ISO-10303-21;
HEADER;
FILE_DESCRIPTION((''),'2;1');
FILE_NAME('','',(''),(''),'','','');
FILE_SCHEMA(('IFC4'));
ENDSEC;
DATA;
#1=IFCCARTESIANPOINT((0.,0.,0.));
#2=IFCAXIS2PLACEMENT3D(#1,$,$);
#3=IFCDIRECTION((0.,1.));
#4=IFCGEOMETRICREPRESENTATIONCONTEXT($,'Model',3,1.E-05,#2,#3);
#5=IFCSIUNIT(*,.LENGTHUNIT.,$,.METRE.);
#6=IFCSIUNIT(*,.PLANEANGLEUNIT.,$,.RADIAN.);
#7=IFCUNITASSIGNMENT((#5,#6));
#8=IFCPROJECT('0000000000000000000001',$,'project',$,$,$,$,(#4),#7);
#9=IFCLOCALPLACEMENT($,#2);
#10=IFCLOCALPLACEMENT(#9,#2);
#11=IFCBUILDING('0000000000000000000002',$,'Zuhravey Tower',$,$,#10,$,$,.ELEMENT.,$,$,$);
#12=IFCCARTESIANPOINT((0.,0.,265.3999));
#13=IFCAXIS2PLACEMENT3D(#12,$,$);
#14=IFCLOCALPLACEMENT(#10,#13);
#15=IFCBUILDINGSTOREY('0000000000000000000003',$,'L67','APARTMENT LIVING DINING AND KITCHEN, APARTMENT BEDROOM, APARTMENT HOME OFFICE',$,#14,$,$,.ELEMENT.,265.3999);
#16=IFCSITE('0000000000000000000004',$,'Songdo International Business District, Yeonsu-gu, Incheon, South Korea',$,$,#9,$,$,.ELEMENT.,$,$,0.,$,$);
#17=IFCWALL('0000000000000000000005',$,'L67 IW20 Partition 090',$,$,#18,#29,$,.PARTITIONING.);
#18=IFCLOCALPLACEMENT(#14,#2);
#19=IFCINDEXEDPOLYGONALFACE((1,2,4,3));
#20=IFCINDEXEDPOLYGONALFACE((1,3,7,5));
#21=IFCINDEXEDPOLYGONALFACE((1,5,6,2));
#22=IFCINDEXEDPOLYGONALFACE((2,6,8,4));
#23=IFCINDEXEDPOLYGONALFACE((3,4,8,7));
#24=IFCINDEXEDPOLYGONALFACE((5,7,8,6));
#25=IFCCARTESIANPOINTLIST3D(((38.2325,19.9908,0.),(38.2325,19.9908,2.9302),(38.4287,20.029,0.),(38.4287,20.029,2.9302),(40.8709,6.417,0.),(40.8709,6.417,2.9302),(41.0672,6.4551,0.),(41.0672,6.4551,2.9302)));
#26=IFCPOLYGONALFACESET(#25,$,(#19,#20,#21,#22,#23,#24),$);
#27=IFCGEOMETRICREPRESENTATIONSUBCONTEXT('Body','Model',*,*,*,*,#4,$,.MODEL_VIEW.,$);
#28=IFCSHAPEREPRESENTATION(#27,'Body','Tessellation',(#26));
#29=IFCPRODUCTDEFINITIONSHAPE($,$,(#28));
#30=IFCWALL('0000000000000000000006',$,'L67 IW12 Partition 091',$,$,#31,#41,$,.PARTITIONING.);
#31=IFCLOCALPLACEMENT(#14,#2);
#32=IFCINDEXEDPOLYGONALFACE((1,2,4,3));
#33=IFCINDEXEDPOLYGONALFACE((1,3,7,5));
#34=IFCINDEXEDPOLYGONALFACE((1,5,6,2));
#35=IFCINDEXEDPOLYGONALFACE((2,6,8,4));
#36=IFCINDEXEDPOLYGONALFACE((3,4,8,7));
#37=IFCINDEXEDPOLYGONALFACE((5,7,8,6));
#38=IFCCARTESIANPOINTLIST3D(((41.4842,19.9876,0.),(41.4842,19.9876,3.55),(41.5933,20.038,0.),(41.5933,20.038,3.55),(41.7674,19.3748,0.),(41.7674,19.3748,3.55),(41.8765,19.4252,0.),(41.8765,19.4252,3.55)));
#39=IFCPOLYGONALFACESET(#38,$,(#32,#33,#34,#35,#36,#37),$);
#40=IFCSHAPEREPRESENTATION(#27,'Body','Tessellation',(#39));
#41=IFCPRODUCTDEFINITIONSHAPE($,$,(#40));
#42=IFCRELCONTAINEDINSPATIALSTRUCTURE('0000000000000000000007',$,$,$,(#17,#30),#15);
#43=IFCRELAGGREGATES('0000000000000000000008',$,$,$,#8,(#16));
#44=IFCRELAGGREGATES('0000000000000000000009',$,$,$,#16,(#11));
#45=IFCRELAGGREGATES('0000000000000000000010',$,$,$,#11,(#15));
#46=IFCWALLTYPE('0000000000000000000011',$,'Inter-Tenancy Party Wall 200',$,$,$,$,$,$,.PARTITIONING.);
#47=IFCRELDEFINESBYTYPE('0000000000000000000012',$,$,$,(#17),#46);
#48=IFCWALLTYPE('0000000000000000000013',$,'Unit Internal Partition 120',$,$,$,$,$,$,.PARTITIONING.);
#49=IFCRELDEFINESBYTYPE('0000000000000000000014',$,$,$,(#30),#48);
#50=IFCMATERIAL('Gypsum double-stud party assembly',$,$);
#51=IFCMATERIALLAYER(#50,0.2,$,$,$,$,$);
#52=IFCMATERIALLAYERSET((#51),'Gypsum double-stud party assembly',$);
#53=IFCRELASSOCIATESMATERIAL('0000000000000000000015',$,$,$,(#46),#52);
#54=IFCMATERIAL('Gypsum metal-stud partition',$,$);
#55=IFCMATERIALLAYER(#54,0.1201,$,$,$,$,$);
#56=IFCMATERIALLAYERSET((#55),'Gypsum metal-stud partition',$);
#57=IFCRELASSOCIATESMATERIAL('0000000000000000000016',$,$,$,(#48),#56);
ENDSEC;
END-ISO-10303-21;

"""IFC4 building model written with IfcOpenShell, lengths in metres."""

from ifc_helpers import new_model, si_unit, direction, frame, frame_2d, origin, place, context, subcontext, project, spatial, rectangle, extrude, material, layer, layer_set, type_object, element, save


model = new_model("IFC4")

# Units and contexts
model_context = context("Model", 3, precision=1e-05, world=origin(), true_north=direction((0.0, 1.0)))
body_context = subcontext(model_context, "Body", "Model", "MODEL_VIEW")
ifc_project = project(units=[si_unit("LENGTHUNIT", "METRE"), si_unit("PLANEANGLEUNIT", "RADIAN")], contexts=[model_context])

# Site, building, storey
site_placement = place(None, origin())
site = spatial("IfcSite", under=ifc_project, at=site_placement, Name="Songdo International Business District, Yeonsu-gu, Incheon, South Korea", CompositionType="ELEMENT", RefElevation=0.0)
building_placement = place(site_placement, origin())
building = spatial("IfcBuilding", under=site, at=building_placement, Name="Zuhravey Tower", CompositionType="ELEMENT")
storey_placement = place(building_placement, frame((0.0, 0.0, 265.3999)))
storey = spatial("IfcBuildingStorey", under=building, at=storey_placement, Name="L67", Description="APARTMENT LIVING DINING AND KITCHEN, APARTMENT BEDROOM, APARTMENT HOME OFFICE", CompositionType="ELEMENT", Elevation=265.3999)

# Walls
ifc_material_1 = material(Name="Gypsum double-stud party assembly")
ifc_layer_1 = layer(ifc_material_1, 0.2)
ifc_layer_set_1 = layer_set([ifc_layer_1], Name="Gypsum double-stud party assembly")
wall_type_1 = type_object("IfcWallType", Name="Inter-Tenancy Party Wall 200", PredefinedType="PARTITIONING", material=ifc_layer_set_1)
wall_1_placement = place(storey_placement, frame((38.3306, 20.01, 0.0), z_axis=(0.0, 0.0, 1.0), x_axis=(0.190806, -0.981628, 0.0)))
element("IfcWall", 1, at=wall_1_placement, inside=storey, type_object=wall_type_1, Name="L67 IW20 Partition 090", PredefinedType="PARTITIONING", context=body_context, shape_type="SweptSolid", body=[
    extrude(rectangle(XDim=13.8279, YDim=0.2, at=frame_2d((6.9141, 0.0))), origin(), (0.0, 0.0, 1.0), 2.9302),
])
ifc_material_2 = material(Name="Gypsum metal-stud partition")
ifc_layer_2 = layer(ifc_material_2, 0.1201)
ifc_layer_set_2 = layer_set([ifc_layer_2], Name="Gypsum metal-stud partition")
wall_type_2 = type_object("IfcWallType", Name="Unit Internal Partition 120", PredefinedType="PARTITIONING", material=ifc_layer_set_2)
wall_2_placement = place(storey_placement, frame((41.5388, 20.0127, 0.0), z_axis=(0.0, 0.0, 1.0), x_axis=(0.419517, -0.907748, 0.0)))
element("IfcWall", 2, at=wall_2_placement, inside=storey, type_object=wall_type_2, Name="L67 IW12 Partition 091", PredefinedType="PARTITIONING", context=body_context, shape_type="SweptSolid", body=[
    extrude(rectangle(XDim=0.675, YDim=0.1201, at=frame_2d((0.3374, 0.0))), origin(), (0.0, 0.0, 1.0), 3.55),
])

save(model, "model.ifc")
